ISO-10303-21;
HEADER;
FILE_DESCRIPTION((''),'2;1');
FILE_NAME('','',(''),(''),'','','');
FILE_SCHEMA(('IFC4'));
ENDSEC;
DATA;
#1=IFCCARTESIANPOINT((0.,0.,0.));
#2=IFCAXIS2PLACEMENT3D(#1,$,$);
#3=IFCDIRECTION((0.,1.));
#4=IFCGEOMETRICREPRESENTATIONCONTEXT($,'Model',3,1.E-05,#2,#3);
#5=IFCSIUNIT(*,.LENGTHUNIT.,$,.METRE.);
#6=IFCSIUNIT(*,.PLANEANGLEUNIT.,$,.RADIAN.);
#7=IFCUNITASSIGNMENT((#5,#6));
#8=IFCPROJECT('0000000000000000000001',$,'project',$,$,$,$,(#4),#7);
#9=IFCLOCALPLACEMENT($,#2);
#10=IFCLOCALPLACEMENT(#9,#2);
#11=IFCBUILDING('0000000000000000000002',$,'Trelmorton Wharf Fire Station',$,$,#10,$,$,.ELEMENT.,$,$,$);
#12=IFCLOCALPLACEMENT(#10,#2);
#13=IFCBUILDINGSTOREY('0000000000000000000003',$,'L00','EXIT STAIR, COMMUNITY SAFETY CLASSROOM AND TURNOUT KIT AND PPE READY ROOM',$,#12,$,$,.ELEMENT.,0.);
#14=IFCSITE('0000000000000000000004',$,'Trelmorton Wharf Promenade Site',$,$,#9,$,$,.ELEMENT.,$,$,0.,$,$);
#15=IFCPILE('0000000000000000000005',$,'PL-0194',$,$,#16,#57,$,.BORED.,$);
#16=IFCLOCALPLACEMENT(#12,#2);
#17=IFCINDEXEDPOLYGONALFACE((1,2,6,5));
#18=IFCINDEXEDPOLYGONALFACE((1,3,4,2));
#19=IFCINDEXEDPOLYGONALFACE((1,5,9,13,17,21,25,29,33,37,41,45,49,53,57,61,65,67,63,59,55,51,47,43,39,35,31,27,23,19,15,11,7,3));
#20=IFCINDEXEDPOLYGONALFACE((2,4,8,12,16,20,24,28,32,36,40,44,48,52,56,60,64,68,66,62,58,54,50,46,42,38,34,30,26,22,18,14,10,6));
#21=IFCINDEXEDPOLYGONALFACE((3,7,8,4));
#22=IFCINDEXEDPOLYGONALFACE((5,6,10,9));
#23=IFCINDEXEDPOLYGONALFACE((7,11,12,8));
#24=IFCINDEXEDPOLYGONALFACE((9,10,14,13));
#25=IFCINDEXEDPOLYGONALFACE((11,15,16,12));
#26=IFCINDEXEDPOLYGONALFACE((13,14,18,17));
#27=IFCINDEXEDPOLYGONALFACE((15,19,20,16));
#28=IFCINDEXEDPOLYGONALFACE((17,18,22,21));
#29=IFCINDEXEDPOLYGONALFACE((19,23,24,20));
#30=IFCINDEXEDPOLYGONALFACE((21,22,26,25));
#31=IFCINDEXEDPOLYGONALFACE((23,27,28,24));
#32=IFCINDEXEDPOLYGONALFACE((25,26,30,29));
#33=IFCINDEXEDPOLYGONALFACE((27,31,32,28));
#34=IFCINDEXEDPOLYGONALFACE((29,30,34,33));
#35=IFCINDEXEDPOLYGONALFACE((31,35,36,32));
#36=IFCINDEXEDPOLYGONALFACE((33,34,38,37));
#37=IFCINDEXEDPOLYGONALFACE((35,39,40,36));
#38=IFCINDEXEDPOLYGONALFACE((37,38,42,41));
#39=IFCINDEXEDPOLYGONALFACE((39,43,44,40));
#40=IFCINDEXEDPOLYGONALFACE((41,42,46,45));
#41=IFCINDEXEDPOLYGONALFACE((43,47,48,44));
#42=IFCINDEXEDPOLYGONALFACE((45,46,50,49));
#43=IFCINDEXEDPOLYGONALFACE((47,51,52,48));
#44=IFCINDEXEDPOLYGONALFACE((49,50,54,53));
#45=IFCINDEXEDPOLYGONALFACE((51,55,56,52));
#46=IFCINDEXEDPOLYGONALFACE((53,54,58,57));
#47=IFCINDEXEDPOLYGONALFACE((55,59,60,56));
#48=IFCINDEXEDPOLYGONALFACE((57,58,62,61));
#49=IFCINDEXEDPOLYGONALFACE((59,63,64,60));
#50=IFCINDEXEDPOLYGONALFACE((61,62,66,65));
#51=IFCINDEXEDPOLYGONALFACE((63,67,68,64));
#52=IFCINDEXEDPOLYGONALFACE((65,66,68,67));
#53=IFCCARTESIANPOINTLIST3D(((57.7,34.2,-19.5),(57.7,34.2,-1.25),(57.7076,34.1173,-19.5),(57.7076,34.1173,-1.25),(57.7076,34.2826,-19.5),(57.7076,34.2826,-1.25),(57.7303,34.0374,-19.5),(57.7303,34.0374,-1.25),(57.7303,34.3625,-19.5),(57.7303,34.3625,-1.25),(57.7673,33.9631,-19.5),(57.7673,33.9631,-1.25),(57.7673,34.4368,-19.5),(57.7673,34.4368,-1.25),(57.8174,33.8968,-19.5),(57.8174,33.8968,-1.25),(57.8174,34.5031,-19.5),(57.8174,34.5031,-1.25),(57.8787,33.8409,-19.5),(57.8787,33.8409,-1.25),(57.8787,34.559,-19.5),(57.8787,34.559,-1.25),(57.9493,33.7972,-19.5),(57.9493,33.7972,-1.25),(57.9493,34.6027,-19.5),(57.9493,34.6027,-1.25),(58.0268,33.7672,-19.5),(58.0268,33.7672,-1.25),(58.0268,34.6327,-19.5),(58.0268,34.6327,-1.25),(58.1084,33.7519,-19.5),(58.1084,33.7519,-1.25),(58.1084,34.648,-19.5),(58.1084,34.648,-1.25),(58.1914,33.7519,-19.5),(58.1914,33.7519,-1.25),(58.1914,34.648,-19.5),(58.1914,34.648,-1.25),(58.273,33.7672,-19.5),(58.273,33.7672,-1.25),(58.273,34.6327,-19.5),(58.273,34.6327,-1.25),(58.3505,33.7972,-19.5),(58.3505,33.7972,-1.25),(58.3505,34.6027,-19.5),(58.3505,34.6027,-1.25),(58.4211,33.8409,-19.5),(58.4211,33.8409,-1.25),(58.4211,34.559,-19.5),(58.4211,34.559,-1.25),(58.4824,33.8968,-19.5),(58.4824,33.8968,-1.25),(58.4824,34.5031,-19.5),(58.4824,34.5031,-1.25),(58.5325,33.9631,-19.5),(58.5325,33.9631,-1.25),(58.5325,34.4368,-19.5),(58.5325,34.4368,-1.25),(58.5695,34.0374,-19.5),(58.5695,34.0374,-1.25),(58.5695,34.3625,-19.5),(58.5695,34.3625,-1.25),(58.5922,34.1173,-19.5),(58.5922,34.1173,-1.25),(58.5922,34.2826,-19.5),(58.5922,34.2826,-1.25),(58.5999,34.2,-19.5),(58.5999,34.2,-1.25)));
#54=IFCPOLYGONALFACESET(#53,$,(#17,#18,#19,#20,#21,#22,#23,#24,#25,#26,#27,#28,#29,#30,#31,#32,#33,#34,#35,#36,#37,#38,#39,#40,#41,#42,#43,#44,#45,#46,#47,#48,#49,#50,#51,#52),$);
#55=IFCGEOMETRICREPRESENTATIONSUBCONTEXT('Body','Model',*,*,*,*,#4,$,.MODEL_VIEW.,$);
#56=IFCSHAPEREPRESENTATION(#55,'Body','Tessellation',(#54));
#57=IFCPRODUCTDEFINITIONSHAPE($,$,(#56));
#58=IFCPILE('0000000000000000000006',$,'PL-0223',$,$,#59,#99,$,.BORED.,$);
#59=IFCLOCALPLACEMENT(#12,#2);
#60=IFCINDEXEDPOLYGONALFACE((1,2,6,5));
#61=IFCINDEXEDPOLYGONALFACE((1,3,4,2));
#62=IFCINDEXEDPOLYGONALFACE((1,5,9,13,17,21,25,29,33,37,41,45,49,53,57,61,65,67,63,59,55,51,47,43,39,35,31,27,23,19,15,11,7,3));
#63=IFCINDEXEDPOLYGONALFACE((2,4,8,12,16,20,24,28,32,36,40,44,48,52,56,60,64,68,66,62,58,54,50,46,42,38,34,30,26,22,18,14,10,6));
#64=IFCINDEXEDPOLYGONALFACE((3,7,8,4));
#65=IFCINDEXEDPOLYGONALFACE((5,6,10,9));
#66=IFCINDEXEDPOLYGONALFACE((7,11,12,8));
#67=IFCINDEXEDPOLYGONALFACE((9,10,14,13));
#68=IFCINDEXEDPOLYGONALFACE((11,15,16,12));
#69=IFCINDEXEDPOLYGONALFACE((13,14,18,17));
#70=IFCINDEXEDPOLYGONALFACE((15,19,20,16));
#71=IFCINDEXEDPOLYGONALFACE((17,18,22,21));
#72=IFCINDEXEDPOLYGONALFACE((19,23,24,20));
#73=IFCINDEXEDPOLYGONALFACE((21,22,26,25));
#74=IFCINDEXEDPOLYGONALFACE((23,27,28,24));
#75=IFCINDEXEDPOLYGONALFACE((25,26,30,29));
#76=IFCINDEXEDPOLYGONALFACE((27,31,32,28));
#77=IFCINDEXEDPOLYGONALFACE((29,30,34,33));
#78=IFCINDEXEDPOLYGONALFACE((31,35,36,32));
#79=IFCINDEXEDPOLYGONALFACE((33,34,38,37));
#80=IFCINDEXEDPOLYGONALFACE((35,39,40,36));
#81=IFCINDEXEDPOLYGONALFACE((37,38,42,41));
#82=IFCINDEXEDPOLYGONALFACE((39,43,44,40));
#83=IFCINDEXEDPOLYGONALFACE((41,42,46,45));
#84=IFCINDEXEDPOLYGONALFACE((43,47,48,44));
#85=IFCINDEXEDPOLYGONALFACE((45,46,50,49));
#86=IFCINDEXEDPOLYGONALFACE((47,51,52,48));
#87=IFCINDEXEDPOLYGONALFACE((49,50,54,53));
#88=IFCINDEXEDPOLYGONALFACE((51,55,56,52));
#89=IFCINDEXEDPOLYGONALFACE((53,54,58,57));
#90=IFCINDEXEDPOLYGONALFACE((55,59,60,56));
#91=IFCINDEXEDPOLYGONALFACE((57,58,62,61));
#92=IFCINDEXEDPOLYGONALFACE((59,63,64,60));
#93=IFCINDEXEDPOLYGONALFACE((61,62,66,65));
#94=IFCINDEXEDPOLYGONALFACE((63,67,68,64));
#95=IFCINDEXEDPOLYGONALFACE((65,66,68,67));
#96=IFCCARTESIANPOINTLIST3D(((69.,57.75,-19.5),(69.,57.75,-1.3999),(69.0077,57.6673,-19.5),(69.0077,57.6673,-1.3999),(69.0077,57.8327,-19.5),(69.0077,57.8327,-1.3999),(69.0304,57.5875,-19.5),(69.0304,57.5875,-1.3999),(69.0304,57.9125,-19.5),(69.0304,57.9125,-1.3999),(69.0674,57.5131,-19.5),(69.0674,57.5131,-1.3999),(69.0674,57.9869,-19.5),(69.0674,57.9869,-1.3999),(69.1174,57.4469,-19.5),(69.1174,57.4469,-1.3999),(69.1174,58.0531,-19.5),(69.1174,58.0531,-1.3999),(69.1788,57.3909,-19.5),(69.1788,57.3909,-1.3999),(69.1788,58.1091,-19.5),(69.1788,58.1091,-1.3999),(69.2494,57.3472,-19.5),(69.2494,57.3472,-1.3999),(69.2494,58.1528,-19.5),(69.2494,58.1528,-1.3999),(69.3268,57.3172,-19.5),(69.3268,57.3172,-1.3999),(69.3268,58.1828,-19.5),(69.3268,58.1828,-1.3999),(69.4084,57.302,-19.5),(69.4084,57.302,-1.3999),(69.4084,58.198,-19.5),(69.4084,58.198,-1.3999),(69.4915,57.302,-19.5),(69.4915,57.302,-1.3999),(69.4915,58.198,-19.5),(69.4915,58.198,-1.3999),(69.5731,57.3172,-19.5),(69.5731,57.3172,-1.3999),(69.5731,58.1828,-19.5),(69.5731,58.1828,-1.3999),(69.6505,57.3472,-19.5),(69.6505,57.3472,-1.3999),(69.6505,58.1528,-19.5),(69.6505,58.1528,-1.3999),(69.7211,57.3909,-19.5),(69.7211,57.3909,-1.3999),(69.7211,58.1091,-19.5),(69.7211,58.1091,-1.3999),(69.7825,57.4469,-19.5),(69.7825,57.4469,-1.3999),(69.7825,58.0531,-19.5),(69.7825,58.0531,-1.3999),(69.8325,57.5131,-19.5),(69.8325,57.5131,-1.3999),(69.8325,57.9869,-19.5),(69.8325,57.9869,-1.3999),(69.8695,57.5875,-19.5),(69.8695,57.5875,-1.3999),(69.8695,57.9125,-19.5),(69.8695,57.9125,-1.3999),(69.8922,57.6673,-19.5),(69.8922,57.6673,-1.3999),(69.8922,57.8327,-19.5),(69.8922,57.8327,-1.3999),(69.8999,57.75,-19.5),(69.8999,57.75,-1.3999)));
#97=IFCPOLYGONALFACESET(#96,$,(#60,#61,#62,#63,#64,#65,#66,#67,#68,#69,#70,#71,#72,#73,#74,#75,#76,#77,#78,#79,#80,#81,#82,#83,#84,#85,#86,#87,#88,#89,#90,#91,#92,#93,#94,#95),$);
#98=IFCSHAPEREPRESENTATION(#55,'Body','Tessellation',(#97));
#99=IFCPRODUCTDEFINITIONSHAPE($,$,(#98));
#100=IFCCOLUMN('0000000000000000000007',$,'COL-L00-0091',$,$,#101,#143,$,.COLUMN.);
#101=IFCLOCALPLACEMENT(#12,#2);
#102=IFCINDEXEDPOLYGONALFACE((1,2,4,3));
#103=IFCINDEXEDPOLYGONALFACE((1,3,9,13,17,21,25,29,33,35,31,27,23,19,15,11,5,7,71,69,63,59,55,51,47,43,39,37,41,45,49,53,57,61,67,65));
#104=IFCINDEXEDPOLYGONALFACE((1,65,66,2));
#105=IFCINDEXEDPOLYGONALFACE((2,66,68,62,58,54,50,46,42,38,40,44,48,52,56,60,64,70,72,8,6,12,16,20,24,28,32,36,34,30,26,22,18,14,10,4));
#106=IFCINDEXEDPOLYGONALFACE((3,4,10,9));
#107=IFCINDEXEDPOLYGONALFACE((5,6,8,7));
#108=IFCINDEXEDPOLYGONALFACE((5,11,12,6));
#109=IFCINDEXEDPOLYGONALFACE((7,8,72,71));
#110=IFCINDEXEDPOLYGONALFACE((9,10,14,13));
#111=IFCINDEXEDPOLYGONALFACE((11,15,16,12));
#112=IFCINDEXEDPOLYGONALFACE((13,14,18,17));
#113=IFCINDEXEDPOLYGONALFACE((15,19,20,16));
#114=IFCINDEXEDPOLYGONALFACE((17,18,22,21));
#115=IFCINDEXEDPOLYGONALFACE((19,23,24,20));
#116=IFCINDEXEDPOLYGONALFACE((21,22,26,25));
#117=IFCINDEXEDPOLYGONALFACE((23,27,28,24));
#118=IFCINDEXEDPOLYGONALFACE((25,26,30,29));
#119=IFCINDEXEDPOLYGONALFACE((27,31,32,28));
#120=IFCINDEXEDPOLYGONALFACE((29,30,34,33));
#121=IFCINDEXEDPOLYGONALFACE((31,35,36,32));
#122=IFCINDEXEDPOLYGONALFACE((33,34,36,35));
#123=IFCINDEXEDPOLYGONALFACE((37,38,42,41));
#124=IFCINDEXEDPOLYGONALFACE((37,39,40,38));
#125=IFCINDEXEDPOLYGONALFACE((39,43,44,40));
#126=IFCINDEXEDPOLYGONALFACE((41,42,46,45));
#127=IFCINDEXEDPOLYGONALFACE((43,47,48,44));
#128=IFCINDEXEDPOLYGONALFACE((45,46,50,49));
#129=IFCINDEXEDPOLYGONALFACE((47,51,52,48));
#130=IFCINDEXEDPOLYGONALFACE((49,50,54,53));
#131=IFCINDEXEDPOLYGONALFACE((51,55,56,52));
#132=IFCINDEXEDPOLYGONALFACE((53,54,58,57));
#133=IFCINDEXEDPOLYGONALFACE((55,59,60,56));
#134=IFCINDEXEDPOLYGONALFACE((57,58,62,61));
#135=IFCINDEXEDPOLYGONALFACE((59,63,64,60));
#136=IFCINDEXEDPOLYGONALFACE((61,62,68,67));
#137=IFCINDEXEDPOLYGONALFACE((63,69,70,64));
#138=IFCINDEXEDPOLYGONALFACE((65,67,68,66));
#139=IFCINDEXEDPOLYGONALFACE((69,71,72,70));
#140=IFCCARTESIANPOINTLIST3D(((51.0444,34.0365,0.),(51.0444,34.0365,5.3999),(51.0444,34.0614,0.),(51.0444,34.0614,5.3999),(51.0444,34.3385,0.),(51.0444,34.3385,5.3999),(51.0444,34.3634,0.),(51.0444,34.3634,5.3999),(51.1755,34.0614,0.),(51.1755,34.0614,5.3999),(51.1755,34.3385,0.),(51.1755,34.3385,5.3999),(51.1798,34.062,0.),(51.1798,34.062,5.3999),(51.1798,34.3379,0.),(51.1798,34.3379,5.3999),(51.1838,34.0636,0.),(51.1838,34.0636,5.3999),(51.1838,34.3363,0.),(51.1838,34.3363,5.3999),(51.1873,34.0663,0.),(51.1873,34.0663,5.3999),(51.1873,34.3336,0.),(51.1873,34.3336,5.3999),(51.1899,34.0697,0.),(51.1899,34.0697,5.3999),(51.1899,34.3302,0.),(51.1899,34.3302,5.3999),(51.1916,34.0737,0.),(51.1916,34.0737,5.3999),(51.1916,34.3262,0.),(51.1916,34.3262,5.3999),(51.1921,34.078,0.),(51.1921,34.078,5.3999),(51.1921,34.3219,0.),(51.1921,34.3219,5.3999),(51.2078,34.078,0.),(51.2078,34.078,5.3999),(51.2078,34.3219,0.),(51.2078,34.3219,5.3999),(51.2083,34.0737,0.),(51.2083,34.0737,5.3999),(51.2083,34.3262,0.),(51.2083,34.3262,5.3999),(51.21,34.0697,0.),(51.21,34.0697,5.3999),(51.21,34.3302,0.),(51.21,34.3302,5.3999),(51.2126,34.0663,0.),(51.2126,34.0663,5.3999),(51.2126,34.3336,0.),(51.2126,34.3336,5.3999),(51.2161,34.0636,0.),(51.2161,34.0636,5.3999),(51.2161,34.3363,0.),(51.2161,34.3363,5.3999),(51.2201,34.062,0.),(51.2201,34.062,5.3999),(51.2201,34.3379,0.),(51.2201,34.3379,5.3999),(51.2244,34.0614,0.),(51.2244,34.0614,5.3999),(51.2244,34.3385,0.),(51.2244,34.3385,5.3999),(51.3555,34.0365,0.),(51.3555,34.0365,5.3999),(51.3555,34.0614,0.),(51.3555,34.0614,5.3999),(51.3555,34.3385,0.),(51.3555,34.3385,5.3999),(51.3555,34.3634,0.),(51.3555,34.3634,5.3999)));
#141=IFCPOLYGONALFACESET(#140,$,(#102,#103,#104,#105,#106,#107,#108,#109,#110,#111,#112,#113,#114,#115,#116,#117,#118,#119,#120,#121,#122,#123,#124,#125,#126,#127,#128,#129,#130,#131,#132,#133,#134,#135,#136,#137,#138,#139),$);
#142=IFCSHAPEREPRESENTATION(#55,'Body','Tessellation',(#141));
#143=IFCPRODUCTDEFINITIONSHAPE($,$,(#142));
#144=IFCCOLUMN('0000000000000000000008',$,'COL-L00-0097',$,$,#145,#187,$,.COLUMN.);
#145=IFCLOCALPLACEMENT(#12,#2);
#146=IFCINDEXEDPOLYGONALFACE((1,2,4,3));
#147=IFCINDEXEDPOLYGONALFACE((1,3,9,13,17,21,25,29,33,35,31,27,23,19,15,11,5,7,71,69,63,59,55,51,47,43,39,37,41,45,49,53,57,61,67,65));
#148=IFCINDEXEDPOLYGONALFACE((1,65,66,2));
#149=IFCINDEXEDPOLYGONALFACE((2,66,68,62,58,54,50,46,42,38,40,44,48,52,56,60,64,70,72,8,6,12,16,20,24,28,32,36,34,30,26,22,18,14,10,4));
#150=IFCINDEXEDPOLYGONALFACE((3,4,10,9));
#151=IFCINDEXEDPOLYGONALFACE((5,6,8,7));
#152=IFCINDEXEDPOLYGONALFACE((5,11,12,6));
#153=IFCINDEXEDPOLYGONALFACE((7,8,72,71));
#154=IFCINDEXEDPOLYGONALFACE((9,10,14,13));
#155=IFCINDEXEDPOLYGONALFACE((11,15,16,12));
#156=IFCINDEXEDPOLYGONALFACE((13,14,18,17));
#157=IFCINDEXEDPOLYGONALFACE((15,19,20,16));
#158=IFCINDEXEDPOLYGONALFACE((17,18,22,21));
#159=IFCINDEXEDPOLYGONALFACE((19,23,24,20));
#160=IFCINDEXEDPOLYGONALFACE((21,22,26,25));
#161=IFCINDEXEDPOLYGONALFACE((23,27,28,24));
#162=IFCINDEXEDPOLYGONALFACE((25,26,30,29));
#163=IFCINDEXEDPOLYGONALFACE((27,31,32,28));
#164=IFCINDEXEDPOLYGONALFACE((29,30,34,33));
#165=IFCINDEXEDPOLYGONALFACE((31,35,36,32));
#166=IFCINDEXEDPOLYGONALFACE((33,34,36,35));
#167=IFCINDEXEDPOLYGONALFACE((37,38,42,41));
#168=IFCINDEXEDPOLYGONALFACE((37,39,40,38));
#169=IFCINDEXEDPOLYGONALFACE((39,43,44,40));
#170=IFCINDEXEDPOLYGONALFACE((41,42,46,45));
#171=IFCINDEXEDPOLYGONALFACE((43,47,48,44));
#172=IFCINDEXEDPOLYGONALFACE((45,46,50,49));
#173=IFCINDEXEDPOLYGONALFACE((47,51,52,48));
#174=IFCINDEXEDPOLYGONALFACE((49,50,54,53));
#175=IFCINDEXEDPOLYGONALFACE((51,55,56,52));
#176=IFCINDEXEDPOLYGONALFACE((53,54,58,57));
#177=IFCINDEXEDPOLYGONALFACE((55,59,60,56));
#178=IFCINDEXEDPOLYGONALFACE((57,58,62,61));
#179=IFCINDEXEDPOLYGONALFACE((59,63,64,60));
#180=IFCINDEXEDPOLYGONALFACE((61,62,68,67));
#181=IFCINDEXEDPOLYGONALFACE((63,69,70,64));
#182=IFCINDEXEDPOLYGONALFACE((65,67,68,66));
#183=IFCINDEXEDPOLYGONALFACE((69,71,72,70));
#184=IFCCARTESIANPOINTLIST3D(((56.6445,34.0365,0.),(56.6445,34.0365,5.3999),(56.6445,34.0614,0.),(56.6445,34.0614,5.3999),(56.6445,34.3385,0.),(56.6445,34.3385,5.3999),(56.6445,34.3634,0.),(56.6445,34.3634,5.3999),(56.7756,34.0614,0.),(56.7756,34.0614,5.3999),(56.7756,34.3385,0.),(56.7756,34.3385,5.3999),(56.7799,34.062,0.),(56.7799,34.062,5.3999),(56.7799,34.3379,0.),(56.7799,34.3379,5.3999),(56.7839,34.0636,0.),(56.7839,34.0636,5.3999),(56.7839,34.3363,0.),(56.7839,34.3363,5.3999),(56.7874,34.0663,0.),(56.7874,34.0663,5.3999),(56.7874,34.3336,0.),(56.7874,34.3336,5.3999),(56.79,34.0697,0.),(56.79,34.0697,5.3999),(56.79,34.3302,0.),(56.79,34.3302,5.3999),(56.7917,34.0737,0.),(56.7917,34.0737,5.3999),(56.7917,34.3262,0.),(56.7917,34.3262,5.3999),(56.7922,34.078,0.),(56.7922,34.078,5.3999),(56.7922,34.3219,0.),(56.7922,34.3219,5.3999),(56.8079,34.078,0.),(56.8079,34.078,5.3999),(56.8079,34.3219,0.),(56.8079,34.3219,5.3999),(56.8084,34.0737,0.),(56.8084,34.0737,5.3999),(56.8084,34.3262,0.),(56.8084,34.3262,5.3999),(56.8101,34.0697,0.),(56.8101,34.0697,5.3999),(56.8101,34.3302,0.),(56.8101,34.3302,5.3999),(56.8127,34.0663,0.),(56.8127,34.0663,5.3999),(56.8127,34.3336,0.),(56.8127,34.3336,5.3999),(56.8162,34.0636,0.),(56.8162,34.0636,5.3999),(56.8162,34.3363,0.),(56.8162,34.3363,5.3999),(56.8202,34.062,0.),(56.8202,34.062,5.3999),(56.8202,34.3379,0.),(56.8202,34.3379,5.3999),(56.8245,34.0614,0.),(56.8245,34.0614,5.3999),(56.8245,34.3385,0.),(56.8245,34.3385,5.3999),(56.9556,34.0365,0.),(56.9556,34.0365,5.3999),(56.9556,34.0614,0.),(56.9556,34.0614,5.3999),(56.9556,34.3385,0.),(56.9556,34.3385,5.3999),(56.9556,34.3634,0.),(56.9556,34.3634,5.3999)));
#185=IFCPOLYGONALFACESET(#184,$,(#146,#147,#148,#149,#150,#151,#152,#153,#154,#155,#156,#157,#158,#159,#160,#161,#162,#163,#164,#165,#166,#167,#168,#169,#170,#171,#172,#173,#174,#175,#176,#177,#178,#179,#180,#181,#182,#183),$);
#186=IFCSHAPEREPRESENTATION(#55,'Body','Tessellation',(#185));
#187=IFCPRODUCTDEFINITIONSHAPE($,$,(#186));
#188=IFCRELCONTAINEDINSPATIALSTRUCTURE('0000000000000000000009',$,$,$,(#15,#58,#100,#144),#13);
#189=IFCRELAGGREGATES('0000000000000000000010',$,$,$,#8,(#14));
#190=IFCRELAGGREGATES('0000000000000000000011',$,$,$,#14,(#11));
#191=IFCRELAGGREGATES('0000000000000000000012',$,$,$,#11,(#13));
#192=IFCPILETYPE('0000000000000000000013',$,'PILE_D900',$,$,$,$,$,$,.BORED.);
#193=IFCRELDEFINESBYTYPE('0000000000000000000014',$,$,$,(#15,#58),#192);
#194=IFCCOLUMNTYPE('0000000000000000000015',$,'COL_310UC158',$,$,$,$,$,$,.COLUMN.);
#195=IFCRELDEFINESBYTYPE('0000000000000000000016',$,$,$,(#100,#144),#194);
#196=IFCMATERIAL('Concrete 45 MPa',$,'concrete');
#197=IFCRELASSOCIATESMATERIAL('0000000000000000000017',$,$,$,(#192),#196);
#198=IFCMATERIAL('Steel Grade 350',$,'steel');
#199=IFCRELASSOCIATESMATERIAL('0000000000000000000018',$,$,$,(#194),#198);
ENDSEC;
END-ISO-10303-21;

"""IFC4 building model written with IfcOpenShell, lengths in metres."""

from ifc_helpers import new_model, si_unit, direction, frame, origin, origin_2d, place, context, subcontext, project, spatial, circle, i_section, extrude, material, material_profile, profile_set, type_object, element, save


model = new_model("IFC4")

# Units and contexts
model_context = context("Model", 3, precision=1e-05, world=origin(), true_north=direction((0.0, 1.0)))
body_context = subcontext(model_context, "Body", "Model", "MODEL_VIEW")
ifc_project = project(units=[si_unit("LENGTHUNIT", "METRE"), si_unit("PLANEANGLEUNIT", "RADIAN")], contexts=[model_context])

# Site, building, storey
site_placement = place(None, origin())
site = spatial("IfcSite", under=ifc_project, at=site_placement, Name="Trelmorton Wharf Promenade Site", CompositionType="ELEMENT", RefElevation=0.0)
building_placement = place(site_placement, origin())
building = spatial("IfcBuilding", under=site, at=building_placement, Name="Trelmorton Wharf Fire Station", CompositionType="ELEMENT")
storey_placement = place(building_placement, origin())
storey = spatial("IfcBuildingStorey", under=building, at=storey_placement, Name="L00", Description="EXIT STAIR, COMMUNITY SAFETY CLASSROOM AND TURNOUT KIT AND PPE READY ROOM", CompositionType="ELEMENT", Elevation=0.0)

# Piles
ifc_material_1 = material(Name="Concrete 45 MPa", Category="concrete")
ifc_material_profile_1 = material_profile(ifc_material_1, circle(Radius=0.45, at=origin_2d()), Name="PILE-D900")
ifc_profile_set_1 = profile_set([ifc_material_profile_1], Name="Concrete 45 MPa")
pile_type_1 = type_object("IfcPileType", Name="PILE_D900", PredefinedType="BORED", material=ifc_profile_set_1)
for number, where, z_axis, x_axis, name in (
    (1, (58.1499, 34.2, -1.25), (0.0, 0.0, -1.0), (1.0, 0.0, 0.0), "PL-0194"),
):
    element("IfcPile", number, at=place(storey_placement, frame(where, z_axis=z_axis, x_axis=x_axis)), inside=storey, type_object=pile_type_1, Name=name, PredefinedType="BORED", context=body_context, shape_type="SweptSolid", body=[
        extrude(circle(Radius=0.45, at=origin_2d()), origin(), (0.0, 0.0, 1.0), 18.25),
    ])
pile_placement = place(storey_placement, frame((69.45, 57.75, -1.3999), z_axis=(0.0, 0.0, -1.0), x_axis=(1.0, 0.0, 0.0)))
element("IfcPile", 2, at=pile_placement, inside=storey, type_object=pile_type_1, Name="PL-0223", PredefinedType="BORED", context=body_context, shape_type="SweptSolid", body=[
    extrude(circle(Radius=0.45, at=origin_2d()), origin(), (0.0, 0.0, 1.0), 18.1001),
])

# Columns
ifc_material_2 = material(Name="Steel Grade 350", Category="steel")
ifc_material_profile_2 = material_profile(ifc_material_2, i_section(OverallWidth=0.311, OverallDepth=0.3269, WebThickness=0.0156, FlangeThickness=0.0249, FilletRadius=0.0166, at=origin_2d()), Name="310UC158")
ifc_profile_set_2 = profile_set([ifc_material_profile_2], Name="Steel Grade 350")
column_type_1 = type_object("IfcColumnType", Name="COL_310UC158", PredefinedType="COLUMN", material=ifc_profile_set_2)
for number, where, z_axis, x_axis, name in (
    (3, (51.2, 34.2, 0.0), (0.0, 0.0, 1.0), (1.0, 0.0, 0.0), "COL-L00-0091"),
    (4, (56.8, 34.2, 0.0), (0.0, 0.0, 1.0), (1.0, 0.0, 0.0), "COL-L00-0097"),
):
    element("IfcColumn", number, at=place(storey_placement, frame(where, z_axis=z_axis, x_axis=x_axis)), inside=storey, type_object=column_type_1, Name=name, PredefinedType="COLUMN", context=body_context, shape_type="SweptSolid", body=[
        extrude(i_section(OverallWidth=0.311, OverallDepth=0.3269, WebThickness=0.0156, FlangeThickness=0.0249, FilletRadius=0.0166, at=origin_2d()), origin(), (0.0, 0.0, 1.0), 5.3999),
    ])

save(model, "model.ifc")
